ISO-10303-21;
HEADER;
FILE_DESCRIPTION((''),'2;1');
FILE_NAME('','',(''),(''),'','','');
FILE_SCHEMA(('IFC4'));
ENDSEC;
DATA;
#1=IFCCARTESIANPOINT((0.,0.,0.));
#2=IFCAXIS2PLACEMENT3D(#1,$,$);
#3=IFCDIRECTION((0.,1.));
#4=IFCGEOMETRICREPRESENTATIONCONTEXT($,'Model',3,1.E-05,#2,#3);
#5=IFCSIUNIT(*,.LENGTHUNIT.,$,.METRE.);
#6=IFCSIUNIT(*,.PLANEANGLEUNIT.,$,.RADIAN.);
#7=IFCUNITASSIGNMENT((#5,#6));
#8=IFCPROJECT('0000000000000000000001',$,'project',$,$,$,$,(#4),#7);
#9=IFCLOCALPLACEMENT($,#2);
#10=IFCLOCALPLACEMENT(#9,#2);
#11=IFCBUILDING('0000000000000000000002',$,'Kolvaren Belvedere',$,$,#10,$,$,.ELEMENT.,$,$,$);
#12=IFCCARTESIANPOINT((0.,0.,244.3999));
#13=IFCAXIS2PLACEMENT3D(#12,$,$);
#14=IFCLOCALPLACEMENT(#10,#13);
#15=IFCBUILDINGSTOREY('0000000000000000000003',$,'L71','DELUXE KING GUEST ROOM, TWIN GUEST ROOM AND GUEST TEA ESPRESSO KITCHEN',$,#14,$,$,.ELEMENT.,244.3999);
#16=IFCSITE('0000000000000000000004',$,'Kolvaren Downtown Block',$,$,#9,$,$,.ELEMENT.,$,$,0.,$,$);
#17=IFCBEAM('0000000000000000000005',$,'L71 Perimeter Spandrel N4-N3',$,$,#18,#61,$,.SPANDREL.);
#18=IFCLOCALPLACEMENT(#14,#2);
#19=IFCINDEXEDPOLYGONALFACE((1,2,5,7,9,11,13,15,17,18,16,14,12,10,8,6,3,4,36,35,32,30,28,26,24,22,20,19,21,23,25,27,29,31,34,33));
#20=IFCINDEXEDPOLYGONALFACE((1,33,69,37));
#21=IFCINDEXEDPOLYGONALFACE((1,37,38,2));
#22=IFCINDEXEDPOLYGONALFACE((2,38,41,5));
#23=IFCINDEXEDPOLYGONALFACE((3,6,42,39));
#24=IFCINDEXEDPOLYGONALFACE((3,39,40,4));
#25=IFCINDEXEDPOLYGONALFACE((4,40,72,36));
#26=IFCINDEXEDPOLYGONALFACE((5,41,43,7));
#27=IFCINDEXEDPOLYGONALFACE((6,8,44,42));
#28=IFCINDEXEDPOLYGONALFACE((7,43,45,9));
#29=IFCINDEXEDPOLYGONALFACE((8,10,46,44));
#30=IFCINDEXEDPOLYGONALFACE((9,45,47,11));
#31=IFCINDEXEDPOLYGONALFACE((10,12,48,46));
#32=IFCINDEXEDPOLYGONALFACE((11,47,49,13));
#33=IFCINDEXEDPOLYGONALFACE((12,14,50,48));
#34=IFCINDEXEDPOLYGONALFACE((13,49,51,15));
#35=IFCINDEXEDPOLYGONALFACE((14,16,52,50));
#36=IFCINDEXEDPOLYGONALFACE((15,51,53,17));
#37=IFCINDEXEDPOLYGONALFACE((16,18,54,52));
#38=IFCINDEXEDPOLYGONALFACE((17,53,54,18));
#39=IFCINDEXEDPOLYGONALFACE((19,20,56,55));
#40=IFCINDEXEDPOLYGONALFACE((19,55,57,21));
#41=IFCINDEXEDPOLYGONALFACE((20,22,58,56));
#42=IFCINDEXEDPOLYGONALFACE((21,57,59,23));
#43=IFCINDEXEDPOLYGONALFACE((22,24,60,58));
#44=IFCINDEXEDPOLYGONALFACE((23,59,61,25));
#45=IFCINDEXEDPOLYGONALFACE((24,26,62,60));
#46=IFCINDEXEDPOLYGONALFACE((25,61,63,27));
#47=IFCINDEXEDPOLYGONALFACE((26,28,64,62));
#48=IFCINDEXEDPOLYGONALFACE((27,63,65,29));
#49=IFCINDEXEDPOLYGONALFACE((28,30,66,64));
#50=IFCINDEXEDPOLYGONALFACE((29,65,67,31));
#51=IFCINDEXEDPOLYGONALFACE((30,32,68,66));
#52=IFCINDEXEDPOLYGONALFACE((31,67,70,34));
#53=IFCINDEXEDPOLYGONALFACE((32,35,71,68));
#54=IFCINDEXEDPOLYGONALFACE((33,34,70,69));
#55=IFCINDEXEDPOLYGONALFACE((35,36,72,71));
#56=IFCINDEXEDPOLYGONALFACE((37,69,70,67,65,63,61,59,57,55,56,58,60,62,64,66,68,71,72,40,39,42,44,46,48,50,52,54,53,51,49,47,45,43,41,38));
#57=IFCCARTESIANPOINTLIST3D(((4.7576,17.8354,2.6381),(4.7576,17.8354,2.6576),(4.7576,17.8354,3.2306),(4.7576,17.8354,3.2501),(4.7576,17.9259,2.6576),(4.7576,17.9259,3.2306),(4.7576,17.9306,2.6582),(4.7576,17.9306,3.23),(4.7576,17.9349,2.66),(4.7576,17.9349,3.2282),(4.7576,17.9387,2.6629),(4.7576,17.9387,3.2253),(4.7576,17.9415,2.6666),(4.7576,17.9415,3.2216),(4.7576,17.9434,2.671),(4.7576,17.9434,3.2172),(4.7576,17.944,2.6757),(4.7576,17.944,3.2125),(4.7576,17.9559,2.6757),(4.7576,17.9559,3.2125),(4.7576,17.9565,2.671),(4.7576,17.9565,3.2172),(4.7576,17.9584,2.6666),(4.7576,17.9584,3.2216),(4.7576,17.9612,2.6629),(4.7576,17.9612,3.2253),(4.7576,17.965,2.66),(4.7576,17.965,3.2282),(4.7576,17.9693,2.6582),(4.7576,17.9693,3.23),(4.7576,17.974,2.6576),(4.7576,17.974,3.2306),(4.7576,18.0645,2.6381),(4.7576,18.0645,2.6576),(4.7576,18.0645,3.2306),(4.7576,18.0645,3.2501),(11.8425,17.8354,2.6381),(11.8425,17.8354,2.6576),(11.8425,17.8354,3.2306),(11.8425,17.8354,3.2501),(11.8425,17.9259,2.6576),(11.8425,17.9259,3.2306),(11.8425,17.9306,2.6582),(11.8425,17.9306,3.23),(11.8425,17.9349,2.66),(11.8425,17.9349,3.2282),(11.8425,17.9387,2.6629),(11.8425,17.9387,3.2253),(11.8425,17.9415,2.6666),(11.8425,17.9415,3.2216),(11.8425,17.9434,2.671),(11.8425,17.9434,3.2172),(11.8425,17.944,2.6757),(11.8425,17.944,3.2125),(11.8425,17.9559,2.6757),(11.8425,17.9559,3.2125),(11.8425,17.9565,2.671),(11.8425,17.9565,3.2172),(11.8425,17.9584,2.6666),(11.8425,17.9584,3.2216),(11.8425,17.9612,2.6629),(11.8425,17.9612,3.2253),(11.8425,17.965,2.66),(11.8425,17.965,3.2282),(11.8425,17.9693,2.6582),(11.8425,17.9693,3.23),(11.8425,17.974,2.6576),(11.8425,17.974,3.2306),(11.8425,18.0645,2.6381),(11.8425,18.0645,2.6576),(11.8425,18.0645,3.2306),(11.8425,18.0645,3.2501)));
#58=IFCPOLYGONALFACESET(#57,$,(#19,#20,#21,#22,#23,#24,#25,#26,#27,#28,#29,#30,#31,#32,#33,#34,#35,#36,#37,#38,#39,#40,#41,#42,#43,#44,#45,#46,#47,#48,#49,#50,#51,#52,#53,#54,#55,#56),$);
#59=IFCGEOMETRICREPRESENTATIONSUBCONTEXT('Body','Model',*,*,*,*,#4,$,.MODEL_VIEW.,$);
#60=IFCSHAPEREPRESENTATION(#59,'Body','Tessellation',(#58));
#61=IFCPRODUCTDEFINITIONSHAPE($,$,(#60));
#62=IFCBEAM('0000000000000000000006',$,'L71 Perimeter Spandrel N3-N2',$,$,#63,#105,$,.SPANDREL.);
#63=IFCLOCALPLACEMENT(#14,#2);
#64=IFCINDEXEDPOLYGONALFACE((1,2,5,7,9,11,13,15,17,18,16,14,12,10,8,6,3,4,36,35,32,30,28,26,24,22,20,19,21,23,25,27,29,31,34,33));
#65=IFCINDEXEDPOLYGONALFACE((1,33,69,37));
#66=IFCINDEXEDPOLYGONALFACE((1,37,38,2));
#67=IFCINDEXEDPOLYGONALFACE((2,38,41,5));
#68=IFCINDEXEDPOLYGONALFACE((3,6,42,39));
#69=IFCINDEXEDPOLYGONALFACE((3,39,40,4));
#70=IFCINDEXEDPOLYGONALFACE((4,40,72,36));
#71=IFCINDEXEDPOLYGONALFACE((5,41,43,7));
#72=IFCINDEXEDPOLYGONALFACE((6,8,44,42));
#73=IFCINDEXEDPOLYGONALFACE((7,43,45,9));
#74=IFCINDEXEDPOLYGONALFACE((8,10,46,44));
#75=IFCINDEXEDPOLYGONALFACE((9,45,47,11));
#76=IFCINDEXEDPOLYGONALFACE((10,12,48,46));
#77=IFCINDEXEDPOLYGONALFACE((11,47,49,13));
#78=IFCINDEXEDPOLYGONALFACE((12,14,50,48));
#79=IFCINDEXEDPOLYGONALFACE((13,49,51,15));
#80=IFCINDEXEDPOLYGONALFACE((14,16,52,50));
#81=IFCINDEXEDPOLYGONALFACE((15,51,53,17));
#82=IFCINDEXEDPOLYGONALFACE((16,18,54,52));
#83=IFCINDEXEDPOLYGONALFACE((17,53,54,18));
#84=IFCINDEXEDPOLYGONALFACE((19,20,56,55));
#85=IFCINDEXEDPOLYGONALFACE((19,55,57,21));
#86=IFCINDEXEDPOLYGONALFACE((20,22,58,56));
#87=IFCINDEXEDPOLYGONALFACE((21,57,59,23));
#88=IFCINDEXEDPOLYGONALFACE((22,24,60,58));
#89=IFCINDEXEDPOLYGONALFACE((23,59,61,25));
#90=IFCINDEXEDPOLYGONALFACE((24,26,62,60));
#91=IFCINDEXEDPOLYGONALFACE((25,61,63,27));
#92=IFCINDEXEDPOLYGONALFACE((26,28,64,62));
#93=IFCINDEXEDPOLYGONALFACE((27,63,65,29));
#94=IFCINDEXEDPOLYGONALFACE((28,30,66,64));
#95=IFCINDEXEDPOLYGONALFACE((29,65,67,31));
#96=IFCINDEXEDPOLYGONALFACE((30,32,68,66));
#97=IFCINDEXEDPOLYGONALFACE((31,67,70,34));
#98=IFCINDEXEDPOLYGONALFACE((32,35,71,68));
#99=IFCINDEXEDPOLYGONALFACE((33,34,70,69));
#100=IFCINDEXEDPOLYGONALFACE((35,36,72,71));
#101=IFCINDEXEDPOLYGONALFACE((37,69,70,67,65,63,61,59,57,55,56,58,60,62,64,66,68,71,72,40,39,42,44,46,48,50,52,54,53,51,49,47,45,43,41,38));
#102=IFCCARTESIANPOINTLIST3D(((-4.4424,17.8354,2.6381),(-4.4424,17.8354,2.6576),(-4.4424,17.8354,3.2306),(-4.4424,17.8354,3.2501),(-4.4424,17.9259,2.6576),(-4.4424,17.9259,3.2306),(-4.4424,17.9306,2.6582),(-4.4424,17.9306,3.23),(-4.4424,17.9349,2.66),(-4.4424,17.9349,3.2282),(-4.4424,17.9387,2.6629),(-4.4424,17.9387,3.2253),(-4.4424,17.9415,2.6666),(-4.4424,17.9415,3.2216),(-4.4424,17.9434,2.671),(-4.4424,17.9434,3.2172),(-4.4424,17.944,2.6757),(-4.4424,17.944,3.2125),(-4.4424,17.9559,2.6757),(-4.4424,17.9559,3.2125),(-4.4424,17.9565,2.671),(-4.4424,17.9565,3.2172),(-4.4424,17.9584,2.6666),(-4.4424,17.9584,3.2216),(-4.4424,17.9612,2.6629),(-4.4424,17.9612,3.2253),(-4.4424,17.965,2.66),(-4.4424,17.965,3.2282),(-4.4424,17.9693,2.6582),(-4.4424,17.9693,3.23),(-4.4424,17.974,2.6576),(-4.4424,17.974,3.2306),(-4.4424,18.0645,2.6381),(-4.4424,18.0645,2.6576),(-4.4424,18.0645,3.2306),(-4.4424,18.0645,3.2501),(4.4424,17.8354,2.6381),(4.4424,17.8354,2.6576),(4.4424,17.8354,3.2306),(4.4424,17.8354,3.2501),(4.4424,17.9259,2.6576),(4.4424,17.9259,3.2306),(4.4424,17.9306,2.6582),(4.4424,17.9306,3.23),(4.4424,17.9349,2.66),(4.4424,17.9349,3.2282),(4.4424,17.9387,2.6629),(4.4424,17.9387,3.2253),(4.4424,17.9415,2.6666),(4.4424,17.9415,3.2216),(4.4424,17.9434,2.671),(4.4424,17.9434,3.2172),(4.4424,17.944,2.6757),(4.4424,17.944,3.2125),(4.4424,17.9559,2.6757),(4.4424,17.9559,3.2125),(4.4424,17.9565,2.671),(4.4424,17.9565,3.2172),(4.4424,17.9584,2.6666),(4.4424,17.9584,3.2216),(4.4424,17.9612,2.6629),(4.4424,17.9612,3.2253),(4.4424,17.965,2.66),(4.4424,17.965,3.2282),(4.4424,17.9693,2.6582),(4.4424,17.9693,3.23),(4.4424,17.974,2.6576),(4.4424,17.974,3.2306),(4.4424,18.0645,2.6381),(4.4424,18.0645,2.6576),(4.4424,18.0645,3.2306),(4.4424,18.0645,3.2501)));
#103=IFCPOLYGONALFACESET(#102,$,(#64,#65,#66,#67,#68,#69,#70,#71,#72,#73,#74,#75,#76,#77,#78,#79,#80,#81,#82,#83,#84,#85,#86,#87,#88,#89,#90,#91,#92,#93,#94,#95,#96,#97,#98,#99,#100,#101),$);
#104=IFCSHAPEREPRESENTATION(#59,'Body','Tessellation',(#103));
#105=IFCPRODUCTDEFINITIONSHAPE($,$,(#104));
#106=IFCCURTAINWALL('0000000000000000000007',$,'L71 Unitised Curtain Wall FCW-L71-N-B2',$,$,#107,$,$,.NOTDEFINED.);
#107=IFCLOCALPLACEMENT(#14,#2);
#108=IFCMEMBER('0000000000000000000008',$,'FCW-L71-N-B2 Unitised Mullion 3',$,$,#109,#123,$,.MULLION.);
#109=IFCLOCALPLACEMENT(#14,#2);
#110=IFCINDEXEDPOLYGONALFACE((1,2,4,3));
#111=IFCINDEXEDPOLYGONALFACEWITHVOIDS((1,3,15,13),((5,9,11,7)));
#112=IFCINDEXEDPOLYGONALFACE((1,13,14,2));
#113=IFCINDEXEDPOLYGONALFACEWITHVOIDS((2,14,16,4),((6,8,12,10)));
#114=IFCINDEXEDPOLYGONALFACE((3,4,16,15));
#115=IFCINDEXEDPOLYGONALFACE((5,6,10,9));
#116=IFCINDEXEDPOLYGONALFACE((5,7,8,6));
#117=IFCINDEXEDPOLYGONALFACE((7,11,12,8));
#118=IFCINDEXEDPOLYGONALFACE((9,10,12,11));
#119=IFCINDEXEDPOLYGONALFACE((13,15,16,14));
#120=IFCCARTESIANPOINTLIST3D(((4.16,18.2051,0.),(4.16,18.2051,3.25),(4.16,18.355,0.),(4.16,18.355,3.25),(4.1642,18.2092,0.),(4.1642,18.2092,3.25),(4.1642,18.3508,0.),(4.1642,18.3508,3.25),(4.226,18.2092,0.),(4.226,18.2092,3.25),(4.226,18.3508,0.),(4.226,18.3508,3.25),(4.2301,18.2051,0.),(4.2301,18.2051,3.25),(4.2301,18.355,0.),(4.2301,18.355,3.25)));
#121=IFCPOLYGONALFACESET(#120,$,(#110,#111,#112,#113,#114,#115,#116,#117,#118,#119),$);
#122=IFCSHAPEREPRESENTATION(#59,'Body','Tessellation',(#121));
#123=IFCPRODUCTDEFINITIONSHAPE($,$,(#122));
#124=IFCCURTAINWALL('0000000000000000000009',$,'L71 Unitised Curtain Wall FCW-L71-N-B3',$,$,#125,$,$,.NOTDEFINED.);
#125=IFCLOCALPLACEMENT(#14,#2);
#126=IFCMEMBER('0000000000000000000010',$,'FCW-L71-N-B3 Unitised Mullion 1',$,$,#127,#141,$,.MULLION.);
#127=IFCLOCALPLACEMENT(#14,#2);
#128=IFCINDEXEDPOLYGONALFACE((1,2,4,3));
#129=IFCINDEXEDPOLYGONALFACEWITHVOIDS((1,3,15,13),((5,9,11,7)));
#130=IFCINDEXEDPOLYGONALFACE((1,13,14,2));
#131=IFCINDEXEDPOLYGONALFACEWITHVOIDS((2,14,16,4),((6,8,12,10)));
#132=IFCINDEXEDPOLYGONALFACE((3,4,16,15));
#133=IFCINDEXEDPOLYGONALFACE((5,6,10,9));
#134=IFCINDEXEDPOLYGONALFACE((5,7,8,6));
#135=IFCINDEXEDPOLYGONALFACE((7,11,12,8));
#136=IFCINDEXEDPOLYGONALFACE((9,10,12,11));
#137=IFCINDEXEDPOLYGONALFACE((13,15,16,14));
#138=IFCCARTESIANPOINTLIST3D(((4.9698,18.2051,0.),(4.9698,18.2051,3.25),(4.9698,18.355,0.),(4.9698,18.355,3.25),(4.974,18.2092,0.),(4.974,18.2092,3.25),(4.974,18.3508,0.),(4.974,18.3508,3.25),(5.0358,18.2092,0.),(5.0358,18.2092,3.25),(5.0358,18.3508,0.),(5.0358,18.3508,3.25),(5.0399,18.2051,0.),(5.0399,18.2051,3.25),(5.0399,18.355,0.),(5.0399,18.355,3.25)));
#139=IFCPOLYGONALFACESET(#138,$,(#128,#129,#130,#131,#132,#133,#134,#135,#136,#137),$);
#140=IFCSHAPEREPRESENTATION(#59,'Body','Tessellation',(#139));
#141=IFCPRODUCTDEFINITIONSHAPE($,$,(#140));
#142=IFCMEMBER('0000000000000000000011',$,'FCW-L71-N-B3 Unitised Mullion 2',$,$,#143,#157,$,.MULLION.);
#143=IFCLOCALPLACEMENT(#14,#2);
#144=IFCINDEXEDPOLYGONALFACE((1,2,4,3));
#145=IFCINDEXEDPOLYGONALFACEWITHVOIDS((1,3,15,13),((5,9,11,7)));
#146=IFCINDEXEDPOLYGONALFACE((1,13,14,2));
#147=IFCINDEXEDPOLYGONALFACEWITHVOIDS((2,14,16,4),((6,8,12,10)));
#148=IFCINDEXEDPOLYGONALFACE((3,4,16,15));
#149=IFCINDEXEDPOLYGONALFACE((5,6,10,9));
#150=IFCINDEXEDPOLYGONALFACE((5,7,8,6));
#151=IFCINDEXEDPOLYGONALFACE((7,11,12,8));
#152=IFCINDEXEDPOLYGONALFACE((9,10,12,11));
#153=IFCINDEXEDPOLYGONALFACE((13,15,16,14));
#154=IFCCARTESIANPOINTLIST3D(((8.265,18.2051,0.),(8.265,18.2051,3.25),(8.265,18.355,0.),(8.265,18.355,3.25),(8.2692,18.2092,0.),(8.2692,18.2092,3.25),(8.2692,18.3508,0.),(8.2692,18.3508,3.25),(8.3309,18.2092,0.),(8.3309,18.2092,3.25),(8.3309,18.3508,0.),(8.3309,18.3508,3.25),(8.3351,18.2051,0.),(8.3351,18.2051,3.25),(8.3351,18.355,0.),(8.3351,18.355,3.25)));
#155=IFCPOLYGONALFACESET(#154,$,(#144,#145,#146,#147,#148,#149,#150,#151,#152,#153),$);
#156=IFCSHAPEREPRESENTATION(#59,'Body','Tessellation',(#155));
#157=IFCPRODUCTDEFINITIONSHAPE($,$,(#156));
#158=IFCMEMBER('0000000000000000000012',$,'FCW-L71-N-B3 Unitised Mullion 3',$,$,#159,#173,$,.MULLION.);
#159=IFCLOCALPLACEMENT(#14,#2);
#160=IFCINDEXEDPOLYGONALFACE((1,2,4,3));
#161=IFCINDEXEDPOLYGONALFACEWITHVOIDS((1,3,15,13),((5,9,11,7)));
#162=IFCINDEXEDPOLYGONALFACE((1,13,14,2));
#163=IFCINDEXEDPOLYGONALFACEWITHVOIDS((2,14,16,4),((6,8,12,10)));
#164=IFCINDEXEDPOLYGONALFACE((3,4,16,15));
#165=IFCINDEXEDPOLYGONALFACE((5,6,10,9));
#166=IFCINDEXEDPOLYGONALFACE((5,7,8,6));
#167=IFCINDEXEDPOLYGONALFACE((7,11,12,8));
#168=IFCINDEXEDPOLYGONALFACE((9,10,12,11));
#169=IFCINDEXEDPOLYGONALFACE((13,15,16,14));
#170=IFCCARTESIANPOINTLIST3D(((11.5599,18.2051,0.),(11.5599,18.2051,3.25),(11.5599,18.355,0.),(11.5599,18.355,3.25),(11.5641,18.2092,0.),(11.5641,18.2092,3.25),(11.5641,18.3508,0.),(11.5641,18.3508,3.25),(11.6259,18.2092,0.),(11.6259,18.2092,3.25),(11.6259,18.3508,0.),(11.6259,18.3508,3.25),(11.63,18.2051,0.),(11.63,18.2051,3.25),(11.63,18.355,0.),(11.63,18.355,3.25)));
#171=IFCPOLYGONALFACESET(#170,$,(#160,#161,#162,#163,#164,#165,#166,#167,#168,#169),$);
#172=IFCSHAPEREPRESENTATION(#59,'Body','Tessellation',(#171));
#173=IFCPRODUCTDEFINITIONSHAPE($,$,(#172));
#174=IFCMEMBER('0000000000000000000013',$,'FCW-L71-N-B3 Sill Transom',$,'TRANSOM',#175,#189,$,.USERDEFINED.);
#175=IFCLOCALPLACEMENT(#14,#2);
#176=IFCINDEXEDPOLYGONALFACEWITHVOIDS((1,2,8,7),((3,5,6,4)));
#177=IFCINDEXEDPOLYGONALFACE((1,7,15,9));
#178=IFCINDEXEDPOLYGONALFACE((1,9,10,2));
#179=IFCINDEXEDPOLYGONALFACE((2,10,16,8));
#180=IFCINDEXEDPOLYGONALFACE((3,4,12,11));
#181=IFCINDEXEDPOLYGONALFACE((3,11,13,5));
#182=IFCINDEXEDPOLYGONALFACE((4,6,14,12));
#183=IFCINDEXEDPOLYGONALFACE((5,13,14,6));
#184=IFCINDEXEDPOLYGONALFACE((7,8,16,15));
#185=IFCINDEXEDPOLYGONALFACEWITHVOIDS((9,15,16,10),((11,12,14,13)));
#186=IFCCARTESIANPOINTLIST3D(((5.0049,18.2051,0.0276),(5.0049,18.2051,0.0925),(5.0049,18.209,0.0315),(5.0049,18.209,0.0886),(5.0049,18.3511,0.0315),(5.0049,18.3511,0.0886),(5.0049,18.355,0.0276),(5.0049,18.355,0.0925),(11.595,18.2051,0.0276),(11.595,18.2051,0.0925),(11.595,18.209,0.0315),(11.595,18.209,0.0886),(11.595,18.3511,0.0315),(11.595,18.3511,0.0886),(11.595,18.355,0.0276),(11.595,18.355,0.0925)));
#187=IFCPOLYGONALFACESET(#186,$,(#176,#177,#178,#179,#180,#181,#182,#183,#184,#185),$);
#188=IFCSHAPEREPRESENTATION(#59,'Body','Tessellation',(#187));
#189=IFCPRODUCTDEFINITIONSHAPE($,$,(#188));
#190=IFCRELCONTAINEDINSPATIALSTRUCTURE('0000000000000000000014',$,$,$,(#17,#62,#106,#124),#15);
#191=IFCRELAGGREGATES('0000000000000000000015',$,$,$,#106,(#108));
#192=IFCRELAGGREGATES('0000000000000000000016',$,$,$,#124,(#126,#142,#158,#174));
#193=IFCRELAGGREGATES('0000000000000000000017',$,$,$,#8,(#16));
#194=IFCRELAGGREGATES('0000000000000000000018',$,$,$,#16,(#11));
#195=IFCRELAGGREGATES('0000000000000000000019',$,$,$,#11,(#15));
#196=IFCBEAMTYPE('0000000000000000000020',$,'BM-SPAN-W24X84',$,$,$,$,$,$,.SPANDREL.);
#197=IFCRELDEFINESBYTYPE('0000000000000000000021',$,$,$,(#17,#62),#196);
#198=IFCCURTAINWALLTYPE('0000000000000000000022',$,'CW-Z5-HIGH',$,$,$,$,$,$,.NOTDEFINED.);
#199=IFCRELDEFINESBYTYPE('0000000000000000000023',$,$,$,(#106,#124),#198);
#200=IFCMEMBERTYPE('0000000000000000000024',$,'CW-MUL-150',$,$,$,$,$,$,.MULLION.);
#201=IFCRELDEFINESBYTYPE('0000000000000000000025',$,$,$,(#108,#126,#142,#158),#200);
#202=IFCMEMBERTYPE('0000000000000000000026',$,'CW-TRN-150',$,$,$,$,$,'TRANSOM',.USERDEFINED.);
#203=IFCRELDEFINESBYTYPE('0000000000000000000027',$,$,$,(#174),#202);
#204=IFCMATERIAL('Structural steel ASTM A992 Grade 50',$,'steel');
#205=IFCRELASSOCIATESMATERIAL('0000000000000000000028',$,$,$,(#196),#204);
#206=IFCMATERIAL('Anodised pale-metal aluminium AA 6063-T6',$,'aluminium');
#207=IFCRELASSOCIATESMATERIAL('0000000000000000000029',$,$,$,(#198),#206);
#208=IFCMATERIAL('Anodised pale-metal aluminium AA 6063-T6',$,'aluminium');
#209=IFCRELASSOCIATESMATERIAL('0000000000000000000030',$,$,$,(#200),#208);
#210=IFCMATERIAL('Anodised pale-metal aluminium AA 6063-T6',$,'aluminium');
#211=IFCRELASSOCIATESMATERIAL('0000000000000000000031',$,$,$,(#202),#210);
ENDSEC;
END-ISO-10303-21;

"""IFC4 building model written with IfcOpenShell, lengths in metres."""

from ifc_helpers import new_model, si_unit, direction, frame, origin, origin_2d, place, context, subcontext, project, spatial, hollow_rectangle, i_section, extrude, material, material_profile, profile_set, type_object, element, aggregate, save


model = new_model("IFC4")

# Units and contexts
model_context = context("Model", 3, precision=1e-05, world=origin(), true_north=direction((0.0, 1.0)))
body_context = subcontext(model_context, "Body", "Model", "MODEL_VIEW")
ifc_project = project(units=[si_unit("LENGTHUNIT", "METRE"), si_unit("PLANEANGLEUNIT", "RADIAN")], contexts=[model_context])

# Site, building, storey
site_placement = place(None, origin())
site = spatial("IfcSite", under=ifc_project, at=site_placement, Name="Kolvaren Downtown Block", CompositionType="ELEMENT", RefElevation=0.0)
building_placement = place(site_placement, origin())
building = spatial("IfcBuilding", under=site, at=building_placement, Name="Kolvaren Belvedere", CompositionType="ELEMENT")
storey_placement = place(building_placement, frame((0.0, 0.0, 244.3999)))
storey = spatial("IfcBuildingStorey", under=building, at=storey_placement, Name="L71", Description="DELUXE KING GUEST ROOM, TWIN GUEST ROOM AND GUEST TEA ESPRESSO KITCHEN", CompositionType="ELEMENT", Elevation=244.3999)

# Beams
ifc_material_1 = material(Name="Structural steel ASTM A992 Grade 50", Category="steel")
ifc_material_profile_1 = material_profile(ifc_material_1, i_section(OverallWidth=0.229, OverallDepth=0.6121, WebThickness=0.012, FlangeThickness=0.0195, FilletRadius=0.0181, at=origin_2d()), Name="W24X84")
ifc_profile_set_1 = profile_set([ifc_material_profile_1], Name="Structural steel ASTM A992 Grade 50")
beam_type_1 = type_object("IfcBeamType", Name="BM-SPAN-W24X84", PredefinedType="SPANDREL", material=ifc_profile_set_1)
beam_1_placement = place(storey_placement, frame((11.8425, 17.95, 2.9441), z_axis=(-1.0, 0.0, 0.0), x_axis=(0.0, -1.0, 0.0)))
element("IfcBeam", 1, at=beam_1_placement, inside=storey, type_object=beam_type_1, Name="L71 Perimeter Spandrel N4-N3", PredefinedType="SPANDREL", context=body_context, shape_type="SweptSolid", body=[
    extrude(i_section(OverallWidth=0.229, OverallDepth=0.6121, WebThickness=0.012, FlangeThickness=0.0195, FilletRadius=0.0181, at=origin_2d()), origin(), (0.0, 0.0, 1.0), 7.085),
])
beam_2_placement = place(storey_placement, frame((4.4424, 17.95, 2.9441), z_axis=(-1.0, 0.0, 0.0), x_axis=(0.0, -1.0, 0.0)))
element("IfcBeam", 2, at=beam_2_placement, inside=storey, type_object=beam_type_1, Name="L71 Perimeter Spandrel N3-N2", PredefinedType="SPANDREL", context=body_context, shape_type="SweptSolid", body=[
    extrude(i_section(OverallWidth=0.229, OverallDepth=0.6121, WebThickness=0.012, FlangeThickness=0.0195, FilletRadius=0.0181, at=origin_2d()), origin(), (0.0, 0.0, 1.0), 8.8848),
])

# Curtain wall, member
ifc_material_2 = material(Name="Anodised pale-metal aluminium AA 6063-T6", Category="aluminium")
curtain_wall_type = type_object("IfcCurtainWallType", Name="CW-Z5-HIGH", PredefinedType="NOTDEFINED", material=ifc_material_2)
curtain_wall_1_placement = place(storey_placement, origin())
curtain_wall_1 = element("IfcCurtainWall", 3, at=curtain_wall_1_placement, inside=storey, type_object=curtain_wall_type, Name="L71 Unitised Curtain Wall FCW-L71-N-B2", PredefinedType="NOTDEFINED")
ifc_material_3 = material(Name="Anodised pale-metal aluminium AA 6063-T6", Category="aluminium")
ifc_material_profile_2 = material_profile(ifc_material_3, hollow_rectangle(XDim=0.0701, YDim=0.1499, WallThickness=0.0042, at=origin_2d()), Name="ALU-MUL-150X70")
ifc_profile_set_2 = profile_set([ifc_material_profile_2], Name="Anodised pale-metal aluminium AA 6063-T6")
member_type_1 = type_object("IfcMemberType", Name="CW-MUL-150", PredefinedType="MULLION", material=ifc_profile_set_2)
member_1_placement = place(storey_placement, frame((4.1951, 18.28, 0.0), z_axis=(0.0, 0.0, 1.0), x_axis=(1.0, 0.0, 0.0)))
member_1 = element("IfcMember", 4, at=member_1_placement, type_object=member_type_1, Name="FCW-L71-N-B2 Unitised Mullion 3", PredefinedType="MULLION", context=body_context, shape_type="SweptSolid", body=[
    extrude(hollow_rectangle(XDim=0.0701, YDim=0.1499, WallThickness=0.0042, at=origin_2d()), origin(), (0.0, 0.0, 1.0), 3.25),
])
aggregate(curtain_wall_1, [member_1])

# Curtain wall, members
curtain_wall_2_placement = place(storey_placement, origin())
curtain_wall_2 = element("IfcCurtainWall", 5, at=curtain_wall_2_placement, inside=storey, type_object=curtain_wall_type, Name="L71 Unitised Curtain Wall FCW-L71-N-B3", PredefinedType="NOTDEFINED")
member_2_placement = place(storey_placement, frame((5.0049, 18.28, 0.0), z_axis=(0.0, 0.0, 1.0), x_axis=(1.0, 0.0, 0.0)))
member_2 = element("IfcMember", 6, at=member_2_placement, type_object=member_type_1, Name="FCW-L71-N-B3 Unitised Mullion 1", PredefinedType="MULLION", context=body_context, shape_type="SweptSolid", body=[
    extrude(hollow_rectangle(XDim=0.0701, YDim=0.1499, WallThickness=0.0042, at=origin_2d()), origin(), (0.0, 0.0, 1.0), 3.25),
])
member_3_placement = place(storey_placement, frame((8.3, 18.28, 0.0), z_axis=(0.0, 0.0, 1.0), x_axis=(1.0, 0.0, 0.0)))
member_3 = element("IfcMember", 7, at=member_3_placement, type_object=member_type_1, Name="FCW-L71-N-B3 Unitised Mullion 2", PredefinedType="MULLION", context=body_context, shape_type="SweptSolid", body=[
    extrude(hollow_rectangle(XDim=0.0701, YDim=0.1499, WallThickness=0.0042, at=origin_2d()), origin(), (0.0, 0.0, 1.0), 3.25),
])
member_4_placement = place(storey_placement, frame((11.595, 18.28, 0.0), z_axis=(0.0, 0.0, 1.0), x_axis=(1.0, 0.0, 0.0)))
member_4 = element("IfcMember", 8, at=member_4_placement, type_object=member_type_1, Name="FCW-L71-N-B3 Unitised Mullion 3", PredefinedType="MULLION", context=body_context, shape_type="SweptSolid", body=[
    extrude(hollow_rectangle(XDim=0.0701, YDim=0.1499, WallThickness=0.0042, at=origin_2d()), origin(), (0.0, 0.0, 1.0), 3.25),
])
ifc_material_4 = material(Name="Anodised pale-metal aluminium AA 6063-T6", Category="aluminium")
ifc_material_profile_3 = material_profile(ifc_material_4, hollow_rectangle(XDim=0.0649, YDim=0.1499, WallThickness=0.0039, at=origin_2d()), Name="ALU-TRN-150X65")
ifc_profile_set_3 = profile_set([ifc_material_profile_3], Name="Anodised pale-metal aluminium AA 6063-T6")
member_type_2 = type_object("IfcMemberType", Name="CW-TRN-150", ElementType="TRANSOM", PredefinedType="USERDEFINED", material=ifc_profile_set_3)
member_5_placement = place(storey_placement, frame((5.0049, 18.28, 0.0601), z_axis=(1.0, 0.0, 0.0), x_axis=(0.0, 0.0, 1.0)))
member_5 = element("IfcMember", 9, at=member_5_placement, type_object=member_type_2, Name="FCW-L71-N-B3 Sill Transom", ObjectType="TRANSOM", PredefinedType="USERDEFINED", context=body_context, shape_type="SweptSolid", body=[
    extrude(hollow_rectangle(XDim=0.0649, YDim=0.1499, WallThickness=0.0039, at=origin_2d()), origin(), (0.0, 0.0, 1.0), 6.5901),
])

aggregate(curtain_wall_2, [member_2, member_3, member_4, member_5])

save(model, "model.ifc")
